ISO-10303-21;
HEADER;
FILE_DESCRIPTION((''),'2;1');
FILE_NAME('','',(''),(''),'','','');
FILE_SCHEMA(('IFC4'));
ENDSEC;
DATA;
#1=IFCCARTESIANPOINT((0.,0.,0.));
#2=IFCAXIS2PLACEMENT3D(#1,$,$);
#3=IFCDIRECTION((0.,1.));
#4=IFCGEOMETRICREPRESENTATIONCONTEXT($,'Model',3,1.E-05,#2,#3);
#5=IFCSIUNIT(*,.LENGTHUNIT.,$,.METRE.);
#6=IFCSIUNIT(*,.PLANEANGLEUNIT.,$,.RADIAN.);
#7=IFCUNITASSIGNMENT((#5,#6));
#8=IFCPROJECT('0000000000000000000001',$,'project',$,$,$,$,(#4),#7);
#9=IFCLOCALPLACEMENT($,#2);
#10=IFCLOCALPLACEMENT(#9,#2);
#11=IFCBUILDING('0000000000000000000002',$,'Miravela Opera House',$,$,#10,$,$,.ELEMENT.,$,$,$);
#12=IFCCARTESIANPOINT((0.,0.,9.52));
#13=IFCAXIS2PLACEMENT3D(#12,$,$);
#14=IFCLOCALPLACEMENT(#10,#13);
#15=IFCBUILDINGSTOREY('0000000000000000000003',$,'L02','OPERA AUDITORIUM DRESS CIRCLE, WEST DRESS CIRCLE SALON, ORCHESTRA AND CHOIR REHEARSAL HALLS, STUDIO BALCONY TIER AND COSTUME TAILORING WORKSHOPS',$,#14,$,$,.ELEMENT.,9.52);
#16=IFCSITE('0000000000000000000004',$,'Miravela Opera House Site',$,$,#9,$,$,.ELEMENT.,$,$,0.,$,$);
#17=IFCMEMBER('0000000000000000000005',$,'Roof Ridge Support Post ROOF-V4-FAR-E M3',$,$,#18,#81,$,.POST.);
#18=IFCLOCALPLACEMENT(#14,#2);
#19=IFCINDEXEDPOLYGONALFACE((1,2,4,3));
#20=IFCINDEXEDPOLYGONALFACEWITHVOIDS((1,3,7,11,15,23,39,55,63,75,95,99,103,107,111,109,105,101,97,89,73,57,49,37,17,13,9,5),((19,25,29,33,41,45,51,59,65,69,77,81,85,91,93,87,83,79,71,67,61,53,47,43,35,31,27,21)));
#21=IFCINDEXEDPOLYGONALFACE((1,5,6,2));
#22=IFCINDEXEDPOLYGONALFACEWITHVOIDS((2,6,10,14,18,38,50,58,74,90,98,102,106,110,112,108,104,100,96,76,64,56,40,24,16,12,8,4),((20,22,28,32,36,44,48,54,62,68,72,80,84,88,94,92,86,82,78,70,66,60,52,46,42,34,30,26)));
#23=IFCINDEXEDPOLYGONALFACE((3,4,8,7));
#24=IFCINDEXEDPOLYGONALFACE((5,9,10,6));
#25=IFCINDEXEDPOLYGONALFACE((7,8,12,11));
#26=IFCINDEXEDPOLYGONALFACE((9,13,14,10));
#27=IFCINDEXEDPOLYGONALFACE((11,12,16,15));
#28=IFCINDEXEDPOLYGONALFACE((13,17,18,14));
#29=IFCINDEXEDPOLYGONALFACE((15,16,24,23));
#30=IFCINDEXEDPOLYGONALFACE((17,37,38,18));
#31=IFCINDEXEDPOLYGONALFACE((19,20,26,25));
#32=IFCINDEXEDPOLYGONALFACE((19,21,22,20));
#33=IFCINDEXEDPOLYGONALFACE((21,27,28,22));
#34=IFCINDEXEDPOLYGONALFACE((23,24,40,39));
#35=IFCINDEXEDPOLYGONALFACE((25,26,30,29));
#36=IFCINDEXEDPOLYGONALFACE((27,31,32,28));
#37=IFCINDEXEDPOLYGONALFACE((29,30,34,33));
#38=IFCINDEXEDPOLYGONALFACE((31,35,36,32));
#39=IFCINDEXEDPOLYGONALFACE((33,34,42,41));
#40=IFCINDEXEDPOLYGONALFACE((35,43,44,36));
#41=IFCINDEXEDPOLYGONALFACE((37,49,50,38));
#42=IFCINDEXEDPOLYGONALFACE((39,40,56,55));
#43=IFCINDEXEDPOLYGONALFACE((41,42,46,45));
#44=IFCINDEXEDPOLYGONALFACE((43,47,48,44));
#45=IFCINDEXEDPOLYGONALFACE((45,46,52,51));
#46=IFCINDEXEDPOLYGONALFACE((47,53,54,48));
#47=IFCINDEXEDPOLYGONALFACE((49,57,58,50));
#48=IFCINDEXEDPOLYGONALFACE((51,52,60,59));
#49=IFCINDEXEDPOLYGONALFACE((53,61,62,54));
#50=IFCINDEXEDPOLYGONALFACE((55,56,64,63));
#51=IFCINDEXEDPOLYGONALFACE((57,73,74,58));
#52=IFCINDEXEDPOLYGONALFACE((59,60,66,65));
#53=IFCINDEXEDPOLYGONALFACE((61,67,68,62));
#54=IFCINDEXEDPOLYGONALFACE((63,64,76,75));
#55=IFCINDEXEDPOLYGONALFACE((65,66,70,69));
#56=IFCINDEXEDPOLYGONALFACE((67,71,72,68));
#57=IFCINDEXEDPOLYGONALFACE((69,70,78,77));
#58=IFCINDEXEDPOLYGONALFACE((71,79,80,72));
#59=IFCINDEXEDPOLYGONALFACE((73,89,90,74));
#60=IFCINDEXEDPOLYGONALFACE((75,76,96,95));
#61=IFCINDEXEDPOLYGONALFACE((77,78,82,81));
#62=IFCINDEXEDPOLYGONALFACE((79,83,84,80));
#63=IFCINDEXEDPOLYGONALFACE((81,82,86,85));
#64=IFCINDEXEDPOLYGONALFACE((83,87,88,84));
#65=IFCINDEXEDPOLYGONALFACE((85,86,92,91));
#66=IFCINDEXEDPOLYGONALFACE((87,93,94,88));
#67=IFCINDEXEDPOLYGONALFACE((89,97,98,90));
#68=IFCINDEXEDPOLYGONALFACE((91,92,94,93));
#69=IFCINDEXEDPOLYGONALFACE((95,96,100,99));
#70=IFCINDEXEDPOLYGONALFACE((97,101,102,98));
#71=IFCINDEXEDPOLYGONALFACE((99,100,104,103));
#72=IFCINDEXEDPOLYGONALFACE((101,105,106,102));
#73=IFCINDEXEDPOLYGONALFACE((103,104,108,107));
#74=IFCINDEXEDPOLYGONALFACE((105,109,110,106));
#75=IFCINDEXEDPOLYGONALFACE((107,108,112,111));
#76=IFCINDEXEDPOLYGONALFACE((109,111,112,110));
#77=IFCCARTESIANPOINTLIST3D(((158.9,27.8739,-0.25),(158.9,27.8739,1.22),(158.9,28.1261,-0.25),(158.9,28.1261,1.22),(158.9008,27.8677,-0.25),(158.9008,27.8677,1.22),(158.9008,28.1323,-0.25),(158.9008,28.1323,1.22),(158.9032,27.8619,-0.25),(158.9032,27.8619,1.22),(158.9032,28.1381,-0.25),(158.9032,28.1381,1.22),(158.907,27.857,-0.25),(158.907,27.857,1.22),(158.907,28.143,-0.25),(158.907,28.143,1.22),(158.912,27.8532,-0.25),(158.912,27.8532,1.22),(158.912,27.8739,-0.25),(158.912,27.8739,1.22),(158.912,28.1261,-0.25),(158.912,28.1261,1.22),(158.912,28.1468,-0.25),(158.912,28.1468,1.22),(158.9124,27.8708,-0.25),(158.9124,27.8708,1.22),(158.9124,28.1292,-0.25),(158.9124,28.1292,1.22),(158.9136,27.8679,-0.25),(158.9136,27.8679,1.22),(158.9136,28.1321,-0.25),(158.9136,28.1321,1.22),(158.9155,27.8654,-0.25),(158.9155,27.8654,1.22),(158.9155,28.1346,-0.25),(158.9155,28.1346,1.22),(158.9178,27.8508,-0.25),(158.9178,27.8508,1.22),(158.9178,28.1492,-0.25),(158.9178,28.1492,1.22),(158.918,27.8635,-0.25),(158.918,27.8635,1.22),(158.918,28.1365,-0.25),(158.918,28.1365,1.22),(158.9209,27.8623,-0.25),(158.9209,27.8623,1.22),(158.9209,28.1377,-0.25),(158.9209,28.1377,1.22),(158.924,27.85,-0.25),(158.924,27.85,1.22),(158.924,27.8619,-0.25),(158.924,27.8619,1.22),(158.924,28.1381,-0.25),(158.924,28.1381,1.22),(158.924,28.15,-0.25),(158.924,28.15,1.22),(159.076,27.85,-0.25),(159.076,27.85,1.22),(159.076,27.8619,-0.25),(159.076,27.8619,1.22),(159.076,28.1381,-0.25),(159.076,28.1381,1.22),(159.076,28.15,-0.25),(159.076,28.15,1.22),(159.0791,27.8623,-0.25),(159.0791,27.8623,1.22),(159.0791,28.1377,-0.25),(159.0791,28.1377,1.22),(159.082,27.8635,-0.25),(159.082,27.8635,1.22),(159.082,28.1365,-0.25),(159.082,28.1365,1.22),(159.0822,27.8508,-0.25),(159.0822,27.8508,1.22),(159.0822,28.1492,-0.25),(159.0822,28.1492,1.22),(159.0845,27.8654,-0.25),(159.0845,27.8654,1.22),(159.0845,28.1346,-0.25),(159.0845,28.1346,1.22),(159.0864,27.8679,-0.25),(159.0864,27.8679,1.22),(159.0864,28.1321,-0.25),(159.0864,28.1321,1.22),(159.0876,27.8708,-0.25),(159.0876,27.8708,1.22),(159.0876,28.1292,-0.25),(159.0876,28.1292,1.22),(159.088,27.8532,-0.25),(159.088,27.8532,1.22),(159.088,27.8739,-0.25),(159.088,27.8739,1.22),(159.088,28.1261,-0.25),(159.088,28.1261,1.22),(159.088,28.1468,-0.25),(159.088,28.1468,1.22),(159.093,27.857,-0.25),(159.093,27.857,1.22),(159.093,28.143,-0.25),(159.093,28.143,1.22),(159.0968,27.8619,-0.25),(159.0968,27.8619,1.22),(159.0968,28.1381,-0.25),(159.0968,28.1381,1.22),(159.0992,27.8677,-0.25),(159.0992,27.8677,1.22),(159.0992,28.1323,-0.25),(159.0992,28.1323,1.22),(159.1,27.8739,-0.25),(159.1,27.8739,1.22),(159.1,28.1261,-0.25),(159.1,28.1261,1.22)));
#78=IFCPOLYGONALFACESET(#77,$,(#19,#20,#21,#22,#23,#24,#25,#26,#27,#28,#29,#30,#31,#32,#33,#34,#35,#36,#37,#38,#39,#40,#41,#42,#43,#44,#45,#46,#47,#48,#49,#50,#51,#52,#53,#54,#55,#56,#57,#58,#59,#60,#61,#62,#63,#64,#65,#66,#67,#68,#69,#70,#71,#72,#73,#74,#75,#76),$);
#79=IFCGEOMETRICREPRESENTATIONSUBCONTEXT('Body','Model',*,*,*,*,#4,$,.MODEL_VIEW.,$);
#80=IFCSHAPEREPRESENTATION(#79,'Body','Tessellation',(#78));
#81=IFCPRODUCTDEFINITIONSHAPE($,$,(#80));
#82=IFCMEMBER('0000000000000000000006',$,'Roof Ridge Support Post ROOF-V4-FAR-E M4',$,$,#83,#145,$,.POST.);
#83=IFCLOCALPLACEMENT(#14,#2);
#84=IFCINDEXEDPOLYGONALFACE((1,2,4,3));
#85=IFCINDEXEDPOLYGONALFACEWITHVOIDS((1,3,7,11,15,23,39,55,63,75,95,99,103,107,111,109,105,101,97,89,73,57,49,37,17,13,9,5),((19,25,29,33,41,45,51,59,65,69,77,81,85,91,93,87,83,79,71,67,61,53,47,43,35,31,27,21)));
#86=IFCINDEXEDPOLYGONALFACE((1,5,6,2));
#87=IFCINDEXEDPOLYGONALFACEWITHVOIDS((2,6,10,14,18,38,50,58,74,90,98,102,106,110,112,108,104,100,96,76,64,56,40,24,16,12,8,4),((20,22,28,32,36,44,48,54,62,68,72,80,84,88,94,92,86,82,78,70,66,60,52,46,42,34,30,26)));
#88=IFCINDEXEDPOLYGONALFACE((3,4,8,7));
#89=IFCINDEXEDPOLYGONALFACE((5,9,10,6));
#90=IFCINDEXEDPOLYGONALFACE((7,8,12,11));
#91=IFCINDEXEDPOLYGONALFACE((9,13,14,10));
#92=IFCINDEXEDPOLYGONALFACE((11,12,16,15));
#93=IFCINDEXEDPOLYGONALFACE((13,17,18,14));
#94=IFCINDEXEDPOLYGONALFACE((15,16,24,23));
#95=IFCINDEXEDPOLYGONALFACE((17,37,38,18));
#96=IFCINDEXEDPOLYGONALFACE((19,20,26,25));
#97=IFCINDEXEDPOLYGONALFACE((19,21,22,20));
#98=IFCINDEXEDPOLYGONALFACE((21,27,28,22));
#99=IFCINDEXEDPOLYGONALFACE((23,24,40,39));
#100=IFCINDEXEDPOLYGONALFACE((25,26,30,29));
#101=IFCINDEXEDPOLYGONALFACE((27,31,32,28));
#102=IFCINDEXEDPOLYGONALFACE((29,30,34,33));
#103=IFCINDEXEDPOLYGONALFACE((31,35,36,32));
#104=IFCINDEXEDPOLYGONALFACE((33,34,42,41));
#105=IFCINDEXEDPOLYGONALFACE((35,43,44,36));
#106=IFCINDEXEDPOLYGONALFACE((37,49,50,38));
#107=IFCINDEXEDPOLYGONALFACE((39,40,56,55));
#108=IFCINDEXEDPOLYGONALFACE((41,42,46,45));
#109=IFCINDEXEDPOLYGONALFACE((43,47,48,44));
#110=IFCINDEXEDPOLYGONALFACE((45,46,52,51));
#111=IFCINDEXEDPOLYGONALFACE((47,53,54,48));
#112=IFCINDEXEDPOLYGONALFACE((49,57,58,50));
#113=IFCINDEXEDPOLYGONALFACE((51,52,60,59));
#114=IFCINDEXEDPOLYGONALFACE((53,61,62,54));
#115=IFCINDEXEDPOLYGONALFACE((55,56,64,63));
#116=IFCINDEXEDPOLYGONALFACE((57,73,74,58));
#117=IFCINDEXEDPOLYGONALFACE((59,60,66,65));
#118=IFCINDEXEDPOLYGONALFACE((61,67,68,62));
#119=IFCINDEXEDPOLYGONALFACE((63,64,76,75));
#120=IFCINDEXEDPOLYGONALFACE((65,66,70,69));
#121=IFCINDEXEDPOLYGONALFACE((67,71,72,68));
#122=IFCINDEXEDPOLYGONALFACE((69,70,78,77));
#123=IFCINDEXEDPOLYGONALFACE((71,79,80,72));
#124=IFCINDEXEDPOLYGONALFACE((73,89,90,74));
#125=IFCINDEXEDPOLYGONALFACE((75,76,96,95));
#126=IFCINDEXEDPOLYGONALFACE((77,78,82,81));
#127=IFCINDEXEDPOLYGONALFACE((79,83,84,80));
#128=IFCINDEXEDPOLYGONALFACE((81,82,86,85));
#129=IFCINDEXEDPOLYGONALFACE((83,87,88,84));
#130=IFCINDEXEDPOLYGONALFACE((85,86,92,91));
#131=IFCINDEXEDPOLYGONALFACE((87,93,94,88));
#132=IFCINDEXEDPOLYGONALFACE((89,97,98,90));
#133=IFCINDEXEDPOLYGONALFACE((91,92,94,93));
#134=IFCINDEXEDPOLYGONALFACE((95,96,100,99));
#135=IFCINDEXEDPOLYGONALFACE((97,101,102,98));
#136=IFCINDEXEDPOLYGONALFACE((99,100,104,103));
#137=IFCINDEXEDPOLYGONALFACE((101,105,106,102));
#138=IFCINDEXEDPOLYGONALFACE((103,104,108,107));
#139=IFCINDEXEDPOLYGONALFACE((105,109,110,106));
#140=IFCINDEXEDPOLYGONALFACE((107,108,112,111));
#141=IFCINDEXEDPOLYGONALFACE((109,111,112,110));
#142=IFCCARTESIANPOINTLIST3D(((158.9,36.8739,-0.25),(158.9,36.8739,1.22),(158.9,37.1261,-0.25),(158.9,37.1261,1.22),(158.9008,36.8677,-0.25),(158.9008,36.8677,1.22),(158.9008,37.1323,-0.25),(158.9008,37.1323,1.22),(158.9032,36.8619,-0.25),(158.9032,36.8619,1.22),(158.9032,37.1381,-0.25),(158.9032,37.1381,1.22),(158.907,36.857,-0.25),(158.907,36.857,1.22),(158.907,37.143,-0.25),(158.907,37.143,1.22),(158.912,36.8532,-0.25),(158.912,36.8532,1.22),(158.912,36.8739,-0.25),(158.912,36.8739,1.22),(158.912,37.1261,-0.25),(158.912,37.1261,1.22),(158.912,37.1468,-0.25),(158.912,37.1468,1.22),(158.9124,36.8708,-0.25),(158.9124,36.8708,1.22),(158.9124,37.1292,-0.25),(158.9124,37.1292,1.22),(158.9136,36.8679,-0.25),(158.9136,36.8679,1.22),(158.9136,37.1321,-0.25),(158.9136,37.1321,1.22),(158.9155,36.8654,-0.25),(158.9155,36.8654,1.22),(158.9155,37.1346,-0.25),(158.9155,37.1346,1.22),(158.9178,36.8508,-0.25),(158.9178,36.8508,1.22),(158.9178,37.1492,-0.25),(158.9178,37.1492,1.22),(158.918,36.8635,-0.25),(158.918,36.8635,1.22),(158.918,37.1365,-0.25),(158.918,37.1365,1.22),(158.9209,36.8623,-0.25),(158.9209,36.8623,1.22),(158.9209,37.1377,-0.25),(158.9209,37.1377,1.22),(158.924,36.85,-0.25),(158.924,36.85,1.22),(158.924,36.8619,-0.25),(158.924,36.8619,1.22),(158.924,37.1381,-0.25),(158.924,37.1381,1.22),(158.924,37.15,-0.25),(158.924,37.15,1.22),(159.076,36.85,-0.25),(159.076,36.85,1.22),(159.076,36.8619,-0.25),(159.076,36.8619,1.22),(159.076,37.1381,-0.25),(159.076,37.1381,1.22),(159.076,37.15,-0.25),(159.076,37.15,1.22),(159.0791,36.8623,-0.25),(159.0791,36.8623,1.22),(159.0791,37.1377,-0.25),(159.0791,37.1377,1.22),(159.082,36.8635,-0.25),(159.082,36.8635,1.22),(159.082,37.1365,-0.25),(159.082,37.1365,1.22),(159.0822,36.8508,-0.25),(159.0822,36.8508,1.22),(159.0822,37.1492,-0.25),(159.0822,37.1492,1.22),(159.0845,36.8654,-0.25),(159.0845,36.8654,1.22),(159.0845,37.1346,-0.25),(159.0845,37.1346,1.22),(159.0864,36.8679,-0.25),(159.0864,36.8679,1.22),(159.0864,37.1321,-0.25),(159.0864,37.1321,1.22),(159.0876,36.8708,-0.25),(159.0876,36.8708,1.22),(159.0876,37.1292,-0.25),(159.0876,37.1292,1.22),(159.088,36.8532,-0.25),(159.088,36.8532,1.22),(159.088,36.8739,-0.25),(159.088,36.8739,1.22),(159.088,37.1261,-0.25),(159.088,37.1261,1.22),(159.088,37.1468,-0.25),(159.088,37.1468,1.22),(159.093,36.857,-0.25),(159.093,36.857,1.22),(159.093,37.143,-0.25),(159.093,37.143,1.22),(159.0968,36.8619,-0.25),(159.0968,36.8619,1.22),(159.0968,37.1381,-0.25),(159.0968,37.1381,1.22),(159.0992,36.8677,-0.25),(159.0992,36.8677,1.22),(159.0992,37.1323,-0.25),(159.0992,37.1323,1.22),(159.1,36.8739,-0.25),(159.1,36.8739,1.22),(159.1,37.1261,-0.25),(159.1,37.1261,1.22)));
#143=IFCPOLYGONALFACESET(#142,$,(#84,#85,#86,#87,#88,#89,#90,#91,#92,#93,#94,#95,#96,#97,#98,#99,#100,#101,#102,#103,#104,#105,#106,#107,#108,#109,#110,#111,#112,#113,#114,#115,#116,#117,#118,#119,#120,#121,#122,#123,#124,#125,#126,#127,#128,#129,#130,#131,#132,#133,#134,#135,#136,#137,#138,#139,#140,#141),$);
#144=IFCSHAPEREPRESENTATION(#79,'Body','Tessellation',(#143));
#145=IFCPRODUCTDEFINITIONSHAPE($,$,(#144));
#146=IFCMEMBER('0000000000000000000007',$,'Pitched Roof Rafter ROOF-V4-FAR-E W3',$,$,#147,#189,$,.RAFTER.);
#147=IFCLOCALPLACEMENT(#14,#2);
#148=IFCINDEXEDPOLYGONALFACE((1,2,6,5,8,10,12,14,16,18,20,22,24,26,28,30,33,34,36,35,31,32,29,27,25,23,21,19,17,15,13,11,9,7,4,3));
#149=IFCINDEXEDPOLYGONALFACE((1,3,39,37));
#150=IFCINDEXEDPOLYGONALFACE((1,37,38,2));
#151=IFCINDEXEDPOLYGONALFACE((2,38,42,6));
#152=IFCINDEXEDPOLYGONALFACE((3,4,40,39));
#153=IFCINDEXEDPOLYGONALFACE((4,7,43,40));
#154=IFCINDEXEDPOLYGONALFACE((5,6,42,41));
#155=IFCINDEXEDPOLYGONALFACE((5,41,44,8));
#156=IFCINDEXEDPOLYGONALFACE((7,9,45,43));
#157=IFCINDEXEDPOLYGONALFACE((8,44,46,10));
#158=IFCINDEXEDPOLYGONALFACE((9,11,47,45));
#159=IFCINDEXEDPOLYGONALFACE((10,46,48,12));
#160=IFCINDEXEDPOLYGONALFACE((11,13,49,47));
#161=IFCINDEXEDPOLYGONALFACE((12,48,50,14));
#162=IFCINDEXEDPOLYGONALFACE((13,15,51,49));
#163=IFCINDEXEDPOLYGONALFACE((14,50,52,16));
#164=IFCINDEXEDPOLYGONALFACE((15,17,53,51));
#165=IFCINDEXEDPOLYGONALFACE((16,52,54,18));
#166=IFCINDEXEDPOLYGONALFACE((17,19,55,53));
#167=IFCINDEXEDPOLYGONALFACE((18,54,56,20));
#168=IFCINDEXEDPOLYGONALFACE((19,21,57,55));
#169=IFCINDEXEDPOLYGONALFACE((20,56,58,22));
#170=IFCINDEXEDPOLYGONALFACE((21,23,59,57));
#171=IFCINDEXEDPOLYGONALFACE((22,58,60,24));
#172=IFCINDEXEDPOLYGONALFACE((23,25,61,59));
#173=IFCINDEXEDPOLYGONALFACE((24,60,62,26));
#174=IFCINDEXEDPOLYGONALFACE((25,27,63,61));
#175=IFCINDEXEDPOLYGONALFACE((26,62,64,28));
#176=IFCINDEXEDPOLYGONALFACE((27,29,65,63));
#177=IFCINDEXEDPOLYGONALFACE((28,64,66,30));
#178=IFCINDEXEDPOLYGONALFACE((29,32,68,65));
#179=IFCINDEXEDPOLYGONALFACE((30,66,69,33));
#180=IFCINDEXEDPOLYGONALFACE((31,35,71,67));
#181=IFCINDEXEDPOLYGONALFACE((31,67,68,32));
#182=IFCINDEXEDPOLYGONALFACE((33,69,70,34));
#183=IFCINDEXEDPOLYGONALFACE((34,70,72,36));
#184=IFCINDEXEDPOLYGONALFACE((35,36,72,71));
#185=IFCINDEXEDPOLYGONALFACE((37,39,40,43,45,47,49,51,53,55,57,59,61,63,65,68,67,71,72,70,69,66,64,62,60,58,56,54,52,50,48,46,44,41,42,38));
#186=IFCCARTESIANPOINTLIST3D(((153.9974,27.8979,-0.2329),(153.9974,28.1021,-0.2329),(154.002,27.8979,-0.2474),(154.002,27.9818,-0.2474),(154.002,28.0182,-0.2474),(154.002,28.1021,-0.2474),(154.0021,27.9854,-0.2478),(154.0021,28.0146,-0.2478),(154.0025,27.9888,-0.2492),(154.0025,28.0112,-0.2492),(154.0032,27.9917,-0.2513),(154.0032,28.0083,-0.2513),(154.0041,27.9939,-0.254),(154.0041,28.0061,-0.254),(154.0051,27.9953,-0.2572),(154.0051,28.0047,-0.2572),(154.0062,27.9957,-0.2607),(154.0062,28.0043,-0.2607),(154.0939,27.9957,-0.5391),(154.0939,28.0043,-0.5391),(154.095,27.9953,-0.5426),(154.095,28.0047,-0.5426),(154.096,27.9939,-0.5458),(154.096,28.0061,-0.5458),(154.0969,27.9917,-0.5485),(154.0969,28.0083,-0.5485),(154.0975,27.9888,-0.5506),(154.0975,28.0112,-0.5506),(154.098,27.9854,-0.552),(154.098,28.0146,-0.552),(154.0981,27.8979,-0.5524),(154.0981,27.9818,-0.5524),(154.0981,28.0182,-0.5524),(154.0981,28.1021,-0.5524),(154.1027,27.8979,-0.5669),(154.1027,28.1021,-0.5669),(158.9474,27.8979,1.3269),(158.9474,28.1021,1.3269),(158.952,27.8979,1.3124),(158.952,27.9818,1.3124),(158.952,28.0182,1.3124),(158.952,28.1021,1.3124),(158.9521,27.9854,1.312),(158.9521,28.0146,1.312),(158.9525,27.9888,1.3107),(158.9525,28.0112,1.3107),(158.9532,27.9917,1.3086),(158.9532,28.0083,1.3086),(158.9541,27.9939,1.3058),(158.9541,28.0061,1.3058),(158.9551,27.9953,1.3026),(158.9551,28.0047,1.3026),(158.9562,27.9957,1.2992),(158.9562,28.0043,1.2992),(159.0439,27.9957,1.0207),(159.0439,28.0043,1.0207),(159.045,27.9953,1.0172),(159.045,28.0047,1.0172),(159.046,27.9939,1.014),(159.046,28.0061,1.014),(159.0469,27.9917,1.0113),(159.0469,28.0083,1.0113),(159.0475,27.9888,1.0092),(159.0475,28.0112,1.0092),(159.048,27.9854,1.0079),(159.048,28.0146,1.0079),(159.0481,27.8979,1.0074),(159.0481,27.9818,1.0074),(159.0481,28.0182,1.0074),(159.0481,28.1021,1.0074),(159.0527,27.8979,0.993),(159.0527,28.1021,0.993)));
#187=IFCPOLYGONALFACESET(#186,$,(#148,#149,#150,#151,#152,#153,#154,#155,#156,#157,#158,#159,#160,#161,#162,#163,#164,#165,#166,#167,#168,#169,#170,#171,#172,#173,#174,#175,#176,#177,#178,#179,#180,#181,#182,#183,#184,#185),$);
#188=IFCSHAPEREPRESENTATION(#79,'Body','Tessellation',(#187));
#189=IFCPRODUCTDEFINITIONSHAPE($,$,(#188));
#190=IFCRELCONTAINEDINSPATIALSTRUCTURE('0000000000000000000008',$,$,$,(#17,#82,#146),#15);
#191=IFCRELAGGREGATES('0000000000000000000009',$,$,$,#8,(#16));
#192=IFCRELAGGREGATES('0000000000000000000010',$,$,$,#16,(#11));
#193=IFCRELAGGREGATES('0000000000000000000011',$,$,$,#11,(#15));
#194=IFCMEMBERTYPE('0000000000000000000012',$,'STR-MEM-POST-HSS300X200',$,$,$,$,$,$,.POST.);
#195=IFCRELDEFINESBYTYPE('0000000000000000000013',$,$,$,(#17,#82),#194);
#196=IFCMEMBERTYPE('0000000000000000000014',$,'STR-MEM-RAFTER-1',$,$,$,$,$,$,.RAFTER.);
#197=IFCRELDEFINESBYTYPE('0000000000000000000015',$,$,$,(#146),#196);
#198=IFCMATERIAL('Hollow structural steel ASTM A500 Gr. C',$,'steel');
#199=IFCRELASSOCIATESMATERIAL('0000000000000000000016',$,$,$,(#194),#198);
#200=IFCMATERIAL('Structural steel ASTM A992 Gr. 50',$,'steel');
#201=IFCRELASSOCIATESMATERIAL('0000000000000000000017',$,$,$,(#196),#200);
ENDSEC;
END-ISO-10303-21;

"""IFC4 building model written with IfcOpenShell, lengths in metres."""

from ifc_helpers import new_model, si_unit, direction, frame, origin, origin_2d, place, context, subcontext, project, spatial, hollow_rectangle, i_section, extrude, material, material_profile, profile_set, type_object, element, save


model = new_model("IFC4")

# Units and contexts
model_context = context("Model", 3, precision=1e-05, world=origin(), true_north=direction((0.0, 1.0)))
body_context = subcontext(model_context, "Body", "Model", "MODEL_VIEW")
ifc_project = project(units=[si_unit("LENGTHUNIT", "METRE"), si_unit("PLANEANGLEUNIT", "RADIAN")], contexts=[model_context])

# Site, building, storey
site_placement = place(None, origin())
site = spatial("IfcSite", under=ifc_project, at=site_placement, Name="Miravela Opera House Site", CompositionType="ELEMENT", RefElevation=0.0)
building_placement = place(site_placement, origin())
building = spatial("IfcBuilding", under=site, at=building_placement, Name="Miravela Opera House", CompositionType="ELEMENT")
storey_placement = place(building_placement, frame((0.0, 0.0, 9.52)))
storey = spatial("IfcBuildingStorey", under=building, at=storey_placement, Name="L02", Description="OPERA AUDITORIUM DRESS CIRCLE, WEST DRESS CIRCLE SALON, ORCHESTRA AND CHOIR REHEARSAL HALLS, STUDIO BALCONY TIER AND COSTUME TAILORING WORKSHOPS", CompositionType="ELEMENT", Elevation=9.52)

# Shared definitions
ifc_material_1 = material(Name="Structural steel ASTM A992 Gr. 50", Category="steel")

# Members
ifc_material_2 = material(Name="Hollow structural steel ASTM A500 Gr. C", Category="steel")
ifc_material_profile_1 = material_profile(ifc_material_2, hollow_rectangle(XDim=0.2, YDim=0.3, WallThickness=0.012, InnerFilletRadius=0.012, OuterFilletRadius=0.0239, at=origin_2d()), Name="HSS300X200X12")
ifc_profile_set_1 = profile_set([ifc_material_profile_1])
member_type_1 = type_object("IfcMemberType", Name="STR-MEM-POST-HSS300X200", PredefinedType="POST", material=ifc_profile_set_1)
for number, where, z_axis, x_axis, name in (
    (1, (159.0, 28.0, -0.25), (0.0, 0.0, 1.0), (1.0, 0.0, 0.0), "Roof Ridge Support Post ROOF-V4-FAR-E M3"),
    (2, (159.0, 37.0, -0.25), (0.0, 0.0, 1.0), (1.0, 0.0, 0.0), "Roof Ridge Support Post ROOF-V4-FAR-E M4"),
):
    element("IfcMember", number, at=place(storey_placement, frame(where, z_axis=z_axis, x_axis=x_axis)), inside=storey, type_object=member_type_1, Name=name, PredefinedType="POST", context=body_context, shape_type="SweptSolid", body=[
        extrude(hollow_rectangle(XDim=0.2, YDim=0.3, WallThickness=0.012, InnerFilletRadius=0.012, OuterFilletRadius=0.0239, at=origin_2d()), origin(), (0.0, 0.0, 1.0), 1.47),
    ])
ifc_material_profile_2 = material_profile(ifc_material_1, i_section(OverallWidth=0.2041, OverallDepth=0.3501, WebThickness=0.0085, FlangeThickness=0.0151, FilletRadius=0.0139, at=origin_2d()), Name="W360X72")
ifc_profile_set_2 = profile_set([ifc_material_profile_2])
member_type_2 = type_object("IfcMemberType", Name="STR-MEM-RAFTER-1", PredefinedType="RAFTER", material=ifc_profile_set_2)
for number, where, z_axis, x_axis, name in (
    (3, (154.05, 28.0, -0.3999), (0.953767, 0.0, 0.300548), (0.0, 1.0, 0.0), "Pitched Roof Rafter ROOF-V4-FAR-E W3"),
):
    element("IfcMember", number, at=place(storey_placement, frame(where, z_axis=z_axis, x_axis=x_axis)), inside=storey, type_object=member_type_2, Name=name, PredefinedType="RAFTER", context=body_context, shape_type="SweptSolid", body=[
        extrude(i_section(OverallWidth=0.2041, OverallDepth=0.3501, WebThickness=0.0085, FlangeThickness=0.0151, FilletRadius=0.0139, at=origin_2d()), origin(), (0.0, 0.0, 1.0), 5.1899),
    ])

save(model, "model.ifc")
